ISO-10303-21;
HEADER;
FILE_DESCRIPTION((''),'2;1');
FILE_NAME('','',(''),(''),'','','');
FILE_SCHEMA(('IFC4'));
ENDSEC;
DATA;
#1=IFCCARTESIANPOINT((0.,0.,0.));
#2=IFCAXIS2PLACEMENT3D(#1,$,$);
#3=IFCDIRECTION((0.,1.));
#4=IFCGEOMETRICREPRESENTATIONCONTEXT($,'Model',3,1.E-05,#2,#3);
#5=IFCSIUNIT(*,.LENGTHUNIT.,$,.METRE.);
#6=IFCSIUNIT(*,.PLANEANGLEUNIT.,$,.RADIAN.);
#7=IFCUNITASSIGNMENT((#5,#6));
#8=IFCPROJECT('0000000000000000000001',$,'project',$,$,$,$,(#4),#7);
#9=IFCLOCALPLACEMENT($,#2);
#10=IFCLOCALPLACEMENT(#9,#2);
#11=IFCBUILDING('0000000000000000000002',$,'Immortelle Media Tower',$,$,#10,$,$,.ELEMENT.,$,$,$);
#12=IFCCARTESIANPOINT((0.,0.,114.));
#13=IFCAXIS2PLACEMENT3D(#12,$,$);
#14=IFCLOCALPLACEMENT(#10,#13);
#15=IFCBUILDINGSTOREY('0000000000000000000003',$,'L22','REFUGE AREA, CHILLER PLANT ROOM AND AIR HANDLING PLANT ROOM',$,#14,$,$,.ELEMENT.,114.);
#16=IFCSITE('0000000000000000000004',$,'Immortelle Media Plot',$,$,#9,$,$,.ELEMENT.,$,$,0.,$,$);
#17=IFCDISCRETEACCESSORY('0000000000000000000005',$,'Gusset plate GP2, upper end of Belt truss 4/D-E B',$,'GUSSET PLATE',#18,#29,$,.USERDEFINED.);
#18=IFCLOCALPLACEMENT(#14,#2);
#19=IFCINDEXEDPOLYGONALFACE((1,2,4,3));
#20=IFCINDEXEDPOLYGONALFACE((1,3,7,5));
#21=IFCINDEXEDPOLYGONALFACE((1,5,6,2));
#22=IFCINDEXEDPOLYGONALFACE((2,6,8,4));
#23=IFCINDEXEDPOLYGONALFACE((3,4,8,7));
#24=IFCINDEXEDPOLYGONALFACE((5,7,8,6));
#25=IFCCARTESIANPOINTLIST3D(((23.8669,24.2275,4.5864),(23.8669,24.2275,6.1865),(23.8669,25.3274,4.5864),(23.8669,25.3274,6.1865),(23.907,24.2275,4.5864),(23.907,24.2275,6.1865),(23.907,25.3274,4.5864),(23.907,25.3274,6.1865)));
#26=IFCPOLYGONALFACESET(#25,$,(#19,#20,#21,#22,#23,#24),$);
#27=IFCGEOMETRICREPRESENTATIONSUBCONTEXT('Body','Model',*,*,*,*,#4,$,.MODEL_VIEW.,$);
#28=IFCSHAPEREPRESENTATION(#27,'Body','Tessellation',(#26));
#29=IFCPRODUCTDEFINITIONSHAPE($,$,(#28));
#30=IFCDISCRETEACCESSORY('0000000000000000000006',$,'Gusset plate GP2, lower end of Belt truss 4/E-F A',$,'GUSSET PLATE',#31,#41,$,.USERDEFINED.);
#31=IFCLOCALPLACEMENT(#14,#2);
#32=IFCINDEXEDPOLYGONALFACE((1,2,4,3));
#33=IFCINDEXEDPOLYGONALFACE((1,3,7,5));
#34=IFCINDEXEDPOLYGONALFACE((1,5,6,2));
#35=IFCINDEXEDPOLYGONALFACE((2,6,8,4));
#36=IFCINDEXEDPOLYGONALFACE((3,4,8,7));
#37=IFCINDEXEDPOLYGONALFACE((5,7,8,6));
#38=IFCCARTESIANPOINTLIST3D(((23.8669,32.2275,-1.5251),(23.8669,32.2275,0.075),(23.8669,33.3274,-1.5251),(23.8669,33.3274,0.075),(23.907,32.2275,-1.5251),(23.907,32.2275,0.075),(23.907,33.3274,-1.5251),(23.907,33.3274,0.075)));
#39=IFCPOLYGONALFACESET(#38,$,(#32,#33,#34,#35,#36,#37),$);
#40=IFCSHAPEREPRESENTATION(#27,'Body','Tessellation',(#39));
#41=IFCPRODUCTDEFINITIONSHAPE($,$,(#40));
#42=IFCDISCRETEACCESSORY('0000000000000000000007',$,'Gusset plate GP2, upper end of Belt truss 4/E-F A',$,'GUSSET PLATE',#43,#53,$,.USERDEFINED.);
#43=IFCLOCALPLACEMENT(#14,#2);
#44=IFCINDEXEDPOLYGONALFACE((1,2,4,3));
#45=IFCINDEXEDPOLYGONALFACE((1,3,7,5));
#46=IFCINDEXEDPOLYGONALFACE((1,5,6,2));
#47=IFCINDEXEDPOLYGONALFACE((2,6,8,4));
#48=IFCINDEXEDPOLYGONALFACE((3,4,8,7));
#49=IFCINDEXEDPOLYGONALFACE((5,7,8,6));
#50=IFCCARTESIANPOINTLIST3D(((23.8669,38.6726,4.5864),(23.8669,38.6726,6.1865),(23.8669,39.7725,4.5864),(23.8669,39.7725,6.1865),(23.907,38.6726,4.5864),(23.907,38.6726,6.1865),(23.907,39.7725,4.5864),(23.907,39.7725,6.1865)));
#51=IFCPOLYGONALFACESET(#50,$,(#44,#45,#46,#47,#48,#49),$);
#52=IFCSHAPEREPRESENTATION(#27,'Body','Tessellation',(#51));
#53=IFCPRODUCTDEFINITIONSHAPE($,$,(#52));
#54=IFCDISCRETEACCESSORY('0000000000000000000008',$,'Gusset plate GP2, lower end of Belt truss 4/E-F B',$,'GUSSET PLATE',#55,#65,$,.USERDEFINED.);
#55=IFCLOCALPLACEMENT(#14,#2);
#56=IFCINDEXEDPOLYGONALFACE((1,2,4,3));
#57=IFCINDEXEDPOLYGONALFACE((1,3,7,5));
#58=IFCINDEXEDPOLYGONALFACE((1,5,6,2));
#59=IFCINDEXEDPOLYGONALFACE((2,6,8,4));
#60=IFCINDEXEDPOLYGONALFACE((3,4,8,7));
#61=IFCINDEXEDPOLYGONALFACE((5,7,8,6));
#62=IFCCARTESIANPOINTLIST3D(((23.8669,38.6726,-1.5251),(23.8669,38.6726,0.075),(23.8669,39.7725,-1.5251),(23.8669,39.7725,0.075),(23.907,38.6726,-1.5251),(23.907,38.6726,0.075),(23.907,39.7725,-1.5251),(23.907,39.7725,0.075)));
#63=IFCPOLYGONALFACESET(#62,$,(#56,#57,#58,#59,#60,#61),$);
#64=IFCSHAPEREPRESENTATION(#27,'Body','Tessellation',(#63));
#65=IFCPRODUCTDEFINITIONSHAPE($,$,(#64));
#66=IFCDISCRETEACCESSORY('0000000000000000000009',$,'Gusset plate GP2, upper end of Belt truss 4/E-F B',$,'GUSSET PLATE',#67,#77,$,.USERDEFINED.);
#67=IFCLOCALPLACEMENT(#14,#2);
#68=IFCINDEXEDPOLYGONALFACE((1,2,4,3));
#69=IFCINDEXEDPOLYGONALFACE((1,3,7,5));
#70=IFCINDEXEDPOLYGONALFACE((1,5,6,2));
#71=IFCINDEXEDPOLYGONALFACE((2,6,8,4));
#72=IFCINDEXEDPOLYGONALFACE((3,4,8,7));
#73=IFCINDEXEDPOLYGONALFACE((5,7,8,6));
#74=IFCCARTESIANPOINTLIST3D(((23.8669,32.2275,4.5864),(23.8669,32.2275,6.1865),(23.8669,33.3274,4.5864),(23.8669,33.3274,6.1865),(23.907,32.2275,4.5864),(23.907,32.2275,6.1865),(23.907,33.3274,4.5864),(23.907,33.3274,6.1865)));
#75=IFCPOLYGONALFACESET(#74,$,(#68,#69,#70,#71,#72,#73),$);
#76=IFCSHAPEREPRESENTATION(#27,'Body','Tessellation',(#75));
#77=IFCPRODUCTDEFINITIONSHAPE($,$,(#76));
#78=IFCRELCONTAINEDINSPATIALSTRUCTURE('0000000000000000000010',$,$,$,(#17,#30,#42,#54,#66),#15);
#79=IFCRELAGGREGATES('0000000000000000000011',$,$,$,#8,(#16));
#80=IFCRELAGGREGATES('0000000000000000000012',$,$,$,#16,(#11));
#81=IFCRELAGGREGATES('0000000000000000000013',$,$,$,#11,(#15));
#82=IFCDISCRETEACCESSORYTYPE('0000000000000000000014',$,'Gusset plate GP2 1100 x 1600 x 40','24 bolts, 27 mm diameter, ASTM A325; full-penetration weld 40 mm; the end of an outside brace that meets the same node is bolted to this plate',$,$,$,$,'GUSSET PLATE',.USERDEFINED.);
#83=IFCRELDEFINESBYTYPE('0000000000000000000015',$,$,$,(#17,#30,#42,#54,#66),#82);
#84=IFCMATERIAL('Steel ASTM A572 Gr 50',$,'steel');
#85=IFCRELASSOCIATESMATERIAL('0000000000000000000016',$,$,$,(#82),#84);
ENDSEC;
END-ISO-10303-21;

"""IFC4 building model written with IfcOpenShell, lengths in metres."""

from ifc_helpers import new_model, si_unit, direction, frame, origin, origin_2d, place, context, subcontext, project, spatial, rectangle, extrude, material, material_profile, profile_set, type_object, element, save


model = new_model("IFC4")

# Units and contexts
model_context = context("Model", 3, precision=1e-05, world=origin(), true_north=direction((0.0, 1.0)))
body_context = subcontext(model_context, "Body", "Model", "MODEL_VIEW")
ifc_project = project(units=[si_unit("LENGTHUNIT", "METRE"), si_unit("PLANEANGLEUNIT", "RADIAN")], contexts=[model_context])

# Site, building, storey
site_placement = place(None, origin())
site = spatial("IfcSite", under=ifc_project, at=site_placement, Name="Immortelle Media Plot", CompositionType="ELEMENT", RefElevation=0.0)
building_placement = place(site_placement, origin())
building = spatial("IfcBuilding", under=site, at=building_placement, Name="Immortelle Media Tower", CompositionType="ELEMENT")
storey_placement = place(building_placement, frame((0.0, 0.0, 114.0)))
storey = spatial("IfcBuildingStorey", under=building, at=storey_placement, Name="L22", Description="REFUGE AREA, CHILLER PLANT ROOM AND AIR HANDLING PLANT ROOM", CompositionType="ELEMENT", Elevation=114.0)

# Discrete accessories
ifc_material_1 = material(Name="Steel ASTM A572 Gr 50", Category="steel")
ifc_material_profile_1 = material_profile(ifc_material_1, rectangle(XDim=0.04, YDim=1.6001, at=origin_2d()), Name="PL 40 x 1600")
ifc_profile_set_1 = profile_set([ifc_material_profile_1], Name="Steel ASTM A572 Gr 50")
discrete_accessory_type_1 = type_object("IfcDiscreteAccessoryType", Name="Gusset plate GP2 1100 x 1600 x 40", Description="24 bolts, 27 mm diameter, ASTM A325; full-penetration weld 40 mm; the end of an outside brace that meets the same node is bolted to this plate", ElementType="GUSSET PLATE", PredefinedType="USERDEFINED", material=ifc_profile_set_1)
for number, where, z_axis, x_axis, name in (
    (1, (23.887, 24.2275, 5.3865), (0.0, 1.0, 0.0), (-1.0, 0.0, 0.0), "Gusset plate GP2, upper end of Belt truss 4/D-E B"),
    (2, (23.887, 32.2275, -0.7251), (0.0, 1.0, 0.0), (-1.0, 0.0, 0.0), "Gusset plate GP2, lower end of Belt truss 4/E-F A"),
    (3, (23.887, 39.7725, 5.3865), (0.0, -1.0, 0.0), (1.0, 0.0, 0.0), "Gusset plate GP2, upper end of Belt truss 4/E-F A"),
    (4, (23.887, 39.7725, -0.7251), (0.0, -1.0, 0.0), (1.0, 0.0, 0.0), "Gusset plate GP2, lower end of Belt truss 4/E-F B"),
    (5, (23.887, 32.2275, 5.3865), (0.0, 1.0, 0.0), (-1.0, 0.0, 0.0), "Gusset plate GP2, upper end of Belt truss 4/E-F B"),
):
    element("IfcDiscreteAccessory", number, at=place(storey_placement, frame(where, z_axis=z_axis, x_axis=x_axis)), inside=storey, type_object=discrete_accessory_type_1, Name=name, ObjectType="GUSSET PLATE", PredefinedType="USERDEFINED", context=body_context, shape_type="SweptSolid", body=[
        extrude(rectangle(XDim=0.04, YDim=1.6001, at=origin_2d()), origin(), (0.0, 0.0, 1.0), 1.0999),
    ])

save(model, "model.ifc")
